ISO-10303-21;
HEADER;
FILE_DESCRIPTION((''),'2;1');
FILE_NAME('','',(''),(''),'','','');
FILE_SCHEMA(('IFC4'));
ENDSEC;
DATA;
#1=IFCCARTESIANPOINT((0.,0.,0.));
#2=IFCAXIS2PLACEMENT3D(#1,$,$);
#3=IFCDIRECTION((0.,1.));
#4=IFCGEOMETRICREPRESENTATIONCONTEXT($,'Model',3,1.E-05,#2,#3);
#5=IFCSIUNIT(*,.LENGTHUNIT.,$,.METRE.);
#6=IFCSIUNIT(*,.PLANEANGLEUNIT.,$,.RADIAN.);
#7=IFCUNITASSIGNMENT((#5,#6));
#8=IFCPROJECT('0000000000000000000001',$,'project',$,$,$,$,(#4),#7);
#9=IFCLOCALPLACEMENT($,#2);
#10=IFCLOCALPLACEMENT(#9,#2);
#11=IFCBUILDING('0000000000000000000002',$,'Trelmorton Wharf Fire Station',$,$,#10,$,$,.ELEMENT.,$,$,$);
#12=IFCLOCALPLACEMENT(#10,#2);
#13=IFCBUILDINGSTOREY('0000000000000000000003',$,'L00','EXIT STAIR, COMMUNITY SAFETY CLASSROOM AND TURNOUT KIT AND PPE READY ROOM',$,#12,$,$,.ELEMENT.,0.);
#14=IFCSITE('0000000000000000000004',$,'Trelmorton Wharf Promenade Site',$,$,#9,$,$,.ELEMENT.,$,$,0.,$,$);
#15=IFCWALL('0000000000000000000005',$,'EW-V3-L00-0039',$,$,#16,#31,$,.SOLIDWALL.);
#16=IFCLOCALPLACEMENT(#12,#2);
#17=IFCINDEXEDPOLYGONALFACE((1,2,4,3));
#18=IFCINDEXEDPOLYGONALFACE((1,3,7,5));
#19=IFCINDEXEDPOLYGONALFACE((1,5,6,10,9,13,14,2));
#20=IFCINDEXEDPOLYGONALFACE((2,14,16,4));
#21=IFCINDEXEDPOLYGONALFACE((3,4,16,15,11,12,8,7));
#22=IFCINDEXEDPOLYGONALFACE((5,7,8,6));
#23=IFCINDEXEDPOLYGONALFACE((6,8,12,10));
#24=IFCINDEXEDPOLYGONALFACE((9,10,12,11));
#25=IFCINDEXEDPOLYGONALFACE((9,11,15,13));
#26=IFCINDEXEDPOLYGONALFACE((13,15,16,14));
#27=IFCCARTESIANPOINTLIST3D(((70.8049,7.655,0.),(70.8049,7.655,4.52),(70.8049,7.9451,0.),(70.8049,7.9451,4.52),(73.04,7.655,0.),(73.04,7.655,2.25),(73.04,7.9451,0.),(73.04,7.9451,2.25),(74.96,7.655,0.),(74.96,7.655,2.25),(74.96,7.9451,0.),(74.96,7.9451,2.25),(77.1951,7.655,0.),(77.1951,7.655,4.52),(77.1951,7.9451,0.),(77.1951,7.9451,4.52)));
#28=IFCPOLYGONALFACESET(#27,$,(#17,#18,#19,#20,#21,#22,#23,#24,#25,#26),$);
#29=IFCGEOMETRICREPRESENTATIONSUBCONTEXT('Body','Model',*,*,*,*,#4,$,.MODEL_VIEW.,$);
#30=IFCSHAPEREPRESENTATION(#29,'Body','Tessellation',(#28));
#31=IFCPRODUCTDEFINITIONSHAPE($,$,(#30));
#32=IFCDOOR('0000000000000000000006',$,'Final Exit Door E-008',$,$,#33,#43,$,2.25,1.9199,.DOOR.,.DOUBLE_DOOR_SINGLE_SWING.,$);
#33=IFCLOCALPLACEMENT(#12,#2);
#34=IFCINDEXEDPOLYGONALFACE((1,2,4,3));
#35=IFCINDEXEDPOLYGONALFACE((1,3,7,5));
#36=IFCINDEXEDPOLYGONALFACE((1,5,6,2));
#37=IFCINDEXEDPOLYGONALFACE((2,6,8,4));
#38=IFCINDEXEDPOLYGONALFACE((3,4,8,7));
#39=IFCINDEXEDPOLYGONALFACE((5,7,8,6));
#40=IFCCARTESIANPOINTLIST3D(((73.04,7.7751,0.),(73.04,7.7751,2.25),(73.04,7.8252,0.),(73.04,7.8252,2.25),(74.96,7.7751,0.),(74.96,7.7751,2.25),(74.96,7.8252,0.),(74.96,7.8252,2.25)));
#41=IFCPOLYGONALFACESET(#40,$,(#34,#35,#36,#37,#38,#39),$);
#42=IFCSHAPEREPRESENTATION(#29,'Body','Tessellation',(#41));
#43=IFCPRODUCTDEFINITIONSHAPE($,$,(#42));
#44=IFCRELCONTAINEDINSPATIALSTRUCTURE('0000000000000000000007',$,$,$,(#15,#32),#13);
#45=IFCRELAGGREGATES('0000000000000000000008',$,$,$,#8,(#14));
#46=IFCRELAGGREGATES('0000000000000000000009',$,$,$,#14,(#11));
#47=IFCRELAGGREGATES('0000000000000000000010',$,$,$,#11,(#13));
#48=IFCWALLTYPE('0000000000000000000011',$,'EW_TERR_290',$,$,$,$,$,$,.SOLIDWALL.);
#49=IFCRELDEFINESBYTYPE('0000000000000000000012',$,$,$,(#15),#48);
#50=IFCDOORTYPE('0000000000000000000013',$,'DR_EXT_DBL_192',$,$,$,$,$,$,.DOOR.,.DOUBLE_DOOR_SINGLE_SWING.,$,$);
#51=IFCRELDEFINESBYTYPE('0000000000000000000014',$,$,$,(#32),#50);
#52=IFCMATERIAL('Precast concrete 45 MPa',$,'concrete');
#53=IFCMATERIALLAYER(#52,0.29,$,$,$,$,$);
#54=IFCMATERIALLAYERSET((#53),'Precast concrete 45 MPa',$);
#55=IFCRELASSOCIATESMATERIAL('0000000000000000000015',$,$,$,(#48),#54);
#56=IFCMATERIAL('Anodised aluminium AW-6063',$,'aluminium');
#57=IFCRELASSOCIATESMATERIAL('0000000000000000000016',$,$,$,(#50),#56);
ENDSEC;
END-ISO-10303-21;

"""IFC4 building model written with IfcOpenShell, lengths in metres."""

from ifc_helpers import new_model, si_unit, direction, frame, frame_2d, origin, place, context, subcontext, project, spatial, rectangle, extrude, material, layer, layer_set, type_object, element, fill, save


model = new_model("IFC4")

# Units and contexts
model_context = context("Model", 3, precision=1e-05, world=origin(), true_north=direction((0.0, 1.0)))
body_context = subcontext(model_context, "Body", "Model", "MODEL_VIEW")
ifc_project = project(units=[si_unit("LENGTHUNIT", "METRE"), si_unit("PLANEANGLEUNIT", "RADIAN")], contexts=[model_context])

# Site, building, storey
site_placement = place(None, origin())
site = spatial("IfcSite", under=ifc_project, at=site_placement, Name="Trelmorton Wharf Promenade Site", CompositionType="ELEMENT", RefElevation=0.0)
building_placement = place(site_placement, origin())
building = spatial("IfcBuilding", under=site, at=building_placement, Name="Trelmorton Wharf Fire Station", CompositionType="ELEMENT")
storey_placement = place(building_placement, origin())
storey = spatial("IfcBuildingStorey", under=building, at=storey_placement, Name="L00", Description="EXIT STAIR, COMMUNITY SAFETY CLASSROOM AND TURNOUT KIT AND PPE READY ROOM", CompositionType="ELEMENT", Elevation=0.0)

# Shared definitions
ifc_material_1 = material(Name="Anodised aluminium AW-6063", Category="aluminium")

# Wall, opening, door
ifc_material_2 = material(Name="Precast concrete 45 MPa", Category="concrete")
ifc_layer_1 = layer(ifc_material_2, 0.29)
ifc_layer_set_1 = layer_set([ifc_layer_1], Name="Precast concrete 45 MPa")
wall_type = type_object("IfcWallType", Name="EW_TERR_290", PredefinedType="SOLIDWALL", material=ifc_layer_set_1)
wall_placement = place(storey_placement, frame((77.1951, 7.8, 0.0), z_axis=(0.0, 0.0, 1.0), x_axis=(-1.0, 0.0, 0.0)))
wall = element("IfcWall", 1, at=wall_placement, inside=storey, type_object=wall_type, Name="EW-V3-L00-0039", PredefinedType="SOLIDWALL", context=body_context, shape_type="SweptSolid", body=[
    extrude(rectangle(XDim=6.3901, YDim=0.29, at=frame_2d((3.1951, 0.0))), origin(), (0.0, 0.0, 1.0), 4.52),
])
opening_placement = place(wall_placement, frame((2.2351, 0.0, 0.0)))
opening = element("IfcOpeningElement", 2, at=opening_placement, cuts=wall, PredefinedType="OPENING", context=body_context, shape_type="SweptSolid", body=[
    extrude(rectangle(XDim=1.9199, YDim=2.25, at=frame_2d((0.96, 1.125))), frame((0.0, 0.155, 0.0), z_axis=(0.0, -1.0, 0.0), x_axis=(1.0, 0.0, 0.0)), (0.0, 0.0, 1.0), 0.3101),
])
door_type = type_object("IfcDoorType", Name="DR_EXT_DBL_192", OperationType="DOUBLE_DOOR_SINGLE_SWING", PredefinedType="DOOR", material=ifc_material_1)
door_placement = place(opening_placement, origin())
door = element("IfcDoor", 3, at=door_placement, inside=storey, type_object=door_type, Name="Final Exit Door E-008", OperationType="DOUBLE_DOOR_SINGLE_SWING", OverallHeight=2.25, OverallWidth=1.9199, PredefinedType="DOOR", context=body_context, shape_type="SweptSolid", body=[
    extrude(rectangle(XDim=1.9199, YDim=2.25, at=frame_2d((0.96, 1.125))), frame((0.0, 0.0249, 0.0), z_axis=(0.0, -1.0, 0.0), x_axis=(1.0, 0.0, 0.0)), (0.0, 0.0, 1.0), 0.05),
])
fill(opening, door)

save(model, "model.ifc")
